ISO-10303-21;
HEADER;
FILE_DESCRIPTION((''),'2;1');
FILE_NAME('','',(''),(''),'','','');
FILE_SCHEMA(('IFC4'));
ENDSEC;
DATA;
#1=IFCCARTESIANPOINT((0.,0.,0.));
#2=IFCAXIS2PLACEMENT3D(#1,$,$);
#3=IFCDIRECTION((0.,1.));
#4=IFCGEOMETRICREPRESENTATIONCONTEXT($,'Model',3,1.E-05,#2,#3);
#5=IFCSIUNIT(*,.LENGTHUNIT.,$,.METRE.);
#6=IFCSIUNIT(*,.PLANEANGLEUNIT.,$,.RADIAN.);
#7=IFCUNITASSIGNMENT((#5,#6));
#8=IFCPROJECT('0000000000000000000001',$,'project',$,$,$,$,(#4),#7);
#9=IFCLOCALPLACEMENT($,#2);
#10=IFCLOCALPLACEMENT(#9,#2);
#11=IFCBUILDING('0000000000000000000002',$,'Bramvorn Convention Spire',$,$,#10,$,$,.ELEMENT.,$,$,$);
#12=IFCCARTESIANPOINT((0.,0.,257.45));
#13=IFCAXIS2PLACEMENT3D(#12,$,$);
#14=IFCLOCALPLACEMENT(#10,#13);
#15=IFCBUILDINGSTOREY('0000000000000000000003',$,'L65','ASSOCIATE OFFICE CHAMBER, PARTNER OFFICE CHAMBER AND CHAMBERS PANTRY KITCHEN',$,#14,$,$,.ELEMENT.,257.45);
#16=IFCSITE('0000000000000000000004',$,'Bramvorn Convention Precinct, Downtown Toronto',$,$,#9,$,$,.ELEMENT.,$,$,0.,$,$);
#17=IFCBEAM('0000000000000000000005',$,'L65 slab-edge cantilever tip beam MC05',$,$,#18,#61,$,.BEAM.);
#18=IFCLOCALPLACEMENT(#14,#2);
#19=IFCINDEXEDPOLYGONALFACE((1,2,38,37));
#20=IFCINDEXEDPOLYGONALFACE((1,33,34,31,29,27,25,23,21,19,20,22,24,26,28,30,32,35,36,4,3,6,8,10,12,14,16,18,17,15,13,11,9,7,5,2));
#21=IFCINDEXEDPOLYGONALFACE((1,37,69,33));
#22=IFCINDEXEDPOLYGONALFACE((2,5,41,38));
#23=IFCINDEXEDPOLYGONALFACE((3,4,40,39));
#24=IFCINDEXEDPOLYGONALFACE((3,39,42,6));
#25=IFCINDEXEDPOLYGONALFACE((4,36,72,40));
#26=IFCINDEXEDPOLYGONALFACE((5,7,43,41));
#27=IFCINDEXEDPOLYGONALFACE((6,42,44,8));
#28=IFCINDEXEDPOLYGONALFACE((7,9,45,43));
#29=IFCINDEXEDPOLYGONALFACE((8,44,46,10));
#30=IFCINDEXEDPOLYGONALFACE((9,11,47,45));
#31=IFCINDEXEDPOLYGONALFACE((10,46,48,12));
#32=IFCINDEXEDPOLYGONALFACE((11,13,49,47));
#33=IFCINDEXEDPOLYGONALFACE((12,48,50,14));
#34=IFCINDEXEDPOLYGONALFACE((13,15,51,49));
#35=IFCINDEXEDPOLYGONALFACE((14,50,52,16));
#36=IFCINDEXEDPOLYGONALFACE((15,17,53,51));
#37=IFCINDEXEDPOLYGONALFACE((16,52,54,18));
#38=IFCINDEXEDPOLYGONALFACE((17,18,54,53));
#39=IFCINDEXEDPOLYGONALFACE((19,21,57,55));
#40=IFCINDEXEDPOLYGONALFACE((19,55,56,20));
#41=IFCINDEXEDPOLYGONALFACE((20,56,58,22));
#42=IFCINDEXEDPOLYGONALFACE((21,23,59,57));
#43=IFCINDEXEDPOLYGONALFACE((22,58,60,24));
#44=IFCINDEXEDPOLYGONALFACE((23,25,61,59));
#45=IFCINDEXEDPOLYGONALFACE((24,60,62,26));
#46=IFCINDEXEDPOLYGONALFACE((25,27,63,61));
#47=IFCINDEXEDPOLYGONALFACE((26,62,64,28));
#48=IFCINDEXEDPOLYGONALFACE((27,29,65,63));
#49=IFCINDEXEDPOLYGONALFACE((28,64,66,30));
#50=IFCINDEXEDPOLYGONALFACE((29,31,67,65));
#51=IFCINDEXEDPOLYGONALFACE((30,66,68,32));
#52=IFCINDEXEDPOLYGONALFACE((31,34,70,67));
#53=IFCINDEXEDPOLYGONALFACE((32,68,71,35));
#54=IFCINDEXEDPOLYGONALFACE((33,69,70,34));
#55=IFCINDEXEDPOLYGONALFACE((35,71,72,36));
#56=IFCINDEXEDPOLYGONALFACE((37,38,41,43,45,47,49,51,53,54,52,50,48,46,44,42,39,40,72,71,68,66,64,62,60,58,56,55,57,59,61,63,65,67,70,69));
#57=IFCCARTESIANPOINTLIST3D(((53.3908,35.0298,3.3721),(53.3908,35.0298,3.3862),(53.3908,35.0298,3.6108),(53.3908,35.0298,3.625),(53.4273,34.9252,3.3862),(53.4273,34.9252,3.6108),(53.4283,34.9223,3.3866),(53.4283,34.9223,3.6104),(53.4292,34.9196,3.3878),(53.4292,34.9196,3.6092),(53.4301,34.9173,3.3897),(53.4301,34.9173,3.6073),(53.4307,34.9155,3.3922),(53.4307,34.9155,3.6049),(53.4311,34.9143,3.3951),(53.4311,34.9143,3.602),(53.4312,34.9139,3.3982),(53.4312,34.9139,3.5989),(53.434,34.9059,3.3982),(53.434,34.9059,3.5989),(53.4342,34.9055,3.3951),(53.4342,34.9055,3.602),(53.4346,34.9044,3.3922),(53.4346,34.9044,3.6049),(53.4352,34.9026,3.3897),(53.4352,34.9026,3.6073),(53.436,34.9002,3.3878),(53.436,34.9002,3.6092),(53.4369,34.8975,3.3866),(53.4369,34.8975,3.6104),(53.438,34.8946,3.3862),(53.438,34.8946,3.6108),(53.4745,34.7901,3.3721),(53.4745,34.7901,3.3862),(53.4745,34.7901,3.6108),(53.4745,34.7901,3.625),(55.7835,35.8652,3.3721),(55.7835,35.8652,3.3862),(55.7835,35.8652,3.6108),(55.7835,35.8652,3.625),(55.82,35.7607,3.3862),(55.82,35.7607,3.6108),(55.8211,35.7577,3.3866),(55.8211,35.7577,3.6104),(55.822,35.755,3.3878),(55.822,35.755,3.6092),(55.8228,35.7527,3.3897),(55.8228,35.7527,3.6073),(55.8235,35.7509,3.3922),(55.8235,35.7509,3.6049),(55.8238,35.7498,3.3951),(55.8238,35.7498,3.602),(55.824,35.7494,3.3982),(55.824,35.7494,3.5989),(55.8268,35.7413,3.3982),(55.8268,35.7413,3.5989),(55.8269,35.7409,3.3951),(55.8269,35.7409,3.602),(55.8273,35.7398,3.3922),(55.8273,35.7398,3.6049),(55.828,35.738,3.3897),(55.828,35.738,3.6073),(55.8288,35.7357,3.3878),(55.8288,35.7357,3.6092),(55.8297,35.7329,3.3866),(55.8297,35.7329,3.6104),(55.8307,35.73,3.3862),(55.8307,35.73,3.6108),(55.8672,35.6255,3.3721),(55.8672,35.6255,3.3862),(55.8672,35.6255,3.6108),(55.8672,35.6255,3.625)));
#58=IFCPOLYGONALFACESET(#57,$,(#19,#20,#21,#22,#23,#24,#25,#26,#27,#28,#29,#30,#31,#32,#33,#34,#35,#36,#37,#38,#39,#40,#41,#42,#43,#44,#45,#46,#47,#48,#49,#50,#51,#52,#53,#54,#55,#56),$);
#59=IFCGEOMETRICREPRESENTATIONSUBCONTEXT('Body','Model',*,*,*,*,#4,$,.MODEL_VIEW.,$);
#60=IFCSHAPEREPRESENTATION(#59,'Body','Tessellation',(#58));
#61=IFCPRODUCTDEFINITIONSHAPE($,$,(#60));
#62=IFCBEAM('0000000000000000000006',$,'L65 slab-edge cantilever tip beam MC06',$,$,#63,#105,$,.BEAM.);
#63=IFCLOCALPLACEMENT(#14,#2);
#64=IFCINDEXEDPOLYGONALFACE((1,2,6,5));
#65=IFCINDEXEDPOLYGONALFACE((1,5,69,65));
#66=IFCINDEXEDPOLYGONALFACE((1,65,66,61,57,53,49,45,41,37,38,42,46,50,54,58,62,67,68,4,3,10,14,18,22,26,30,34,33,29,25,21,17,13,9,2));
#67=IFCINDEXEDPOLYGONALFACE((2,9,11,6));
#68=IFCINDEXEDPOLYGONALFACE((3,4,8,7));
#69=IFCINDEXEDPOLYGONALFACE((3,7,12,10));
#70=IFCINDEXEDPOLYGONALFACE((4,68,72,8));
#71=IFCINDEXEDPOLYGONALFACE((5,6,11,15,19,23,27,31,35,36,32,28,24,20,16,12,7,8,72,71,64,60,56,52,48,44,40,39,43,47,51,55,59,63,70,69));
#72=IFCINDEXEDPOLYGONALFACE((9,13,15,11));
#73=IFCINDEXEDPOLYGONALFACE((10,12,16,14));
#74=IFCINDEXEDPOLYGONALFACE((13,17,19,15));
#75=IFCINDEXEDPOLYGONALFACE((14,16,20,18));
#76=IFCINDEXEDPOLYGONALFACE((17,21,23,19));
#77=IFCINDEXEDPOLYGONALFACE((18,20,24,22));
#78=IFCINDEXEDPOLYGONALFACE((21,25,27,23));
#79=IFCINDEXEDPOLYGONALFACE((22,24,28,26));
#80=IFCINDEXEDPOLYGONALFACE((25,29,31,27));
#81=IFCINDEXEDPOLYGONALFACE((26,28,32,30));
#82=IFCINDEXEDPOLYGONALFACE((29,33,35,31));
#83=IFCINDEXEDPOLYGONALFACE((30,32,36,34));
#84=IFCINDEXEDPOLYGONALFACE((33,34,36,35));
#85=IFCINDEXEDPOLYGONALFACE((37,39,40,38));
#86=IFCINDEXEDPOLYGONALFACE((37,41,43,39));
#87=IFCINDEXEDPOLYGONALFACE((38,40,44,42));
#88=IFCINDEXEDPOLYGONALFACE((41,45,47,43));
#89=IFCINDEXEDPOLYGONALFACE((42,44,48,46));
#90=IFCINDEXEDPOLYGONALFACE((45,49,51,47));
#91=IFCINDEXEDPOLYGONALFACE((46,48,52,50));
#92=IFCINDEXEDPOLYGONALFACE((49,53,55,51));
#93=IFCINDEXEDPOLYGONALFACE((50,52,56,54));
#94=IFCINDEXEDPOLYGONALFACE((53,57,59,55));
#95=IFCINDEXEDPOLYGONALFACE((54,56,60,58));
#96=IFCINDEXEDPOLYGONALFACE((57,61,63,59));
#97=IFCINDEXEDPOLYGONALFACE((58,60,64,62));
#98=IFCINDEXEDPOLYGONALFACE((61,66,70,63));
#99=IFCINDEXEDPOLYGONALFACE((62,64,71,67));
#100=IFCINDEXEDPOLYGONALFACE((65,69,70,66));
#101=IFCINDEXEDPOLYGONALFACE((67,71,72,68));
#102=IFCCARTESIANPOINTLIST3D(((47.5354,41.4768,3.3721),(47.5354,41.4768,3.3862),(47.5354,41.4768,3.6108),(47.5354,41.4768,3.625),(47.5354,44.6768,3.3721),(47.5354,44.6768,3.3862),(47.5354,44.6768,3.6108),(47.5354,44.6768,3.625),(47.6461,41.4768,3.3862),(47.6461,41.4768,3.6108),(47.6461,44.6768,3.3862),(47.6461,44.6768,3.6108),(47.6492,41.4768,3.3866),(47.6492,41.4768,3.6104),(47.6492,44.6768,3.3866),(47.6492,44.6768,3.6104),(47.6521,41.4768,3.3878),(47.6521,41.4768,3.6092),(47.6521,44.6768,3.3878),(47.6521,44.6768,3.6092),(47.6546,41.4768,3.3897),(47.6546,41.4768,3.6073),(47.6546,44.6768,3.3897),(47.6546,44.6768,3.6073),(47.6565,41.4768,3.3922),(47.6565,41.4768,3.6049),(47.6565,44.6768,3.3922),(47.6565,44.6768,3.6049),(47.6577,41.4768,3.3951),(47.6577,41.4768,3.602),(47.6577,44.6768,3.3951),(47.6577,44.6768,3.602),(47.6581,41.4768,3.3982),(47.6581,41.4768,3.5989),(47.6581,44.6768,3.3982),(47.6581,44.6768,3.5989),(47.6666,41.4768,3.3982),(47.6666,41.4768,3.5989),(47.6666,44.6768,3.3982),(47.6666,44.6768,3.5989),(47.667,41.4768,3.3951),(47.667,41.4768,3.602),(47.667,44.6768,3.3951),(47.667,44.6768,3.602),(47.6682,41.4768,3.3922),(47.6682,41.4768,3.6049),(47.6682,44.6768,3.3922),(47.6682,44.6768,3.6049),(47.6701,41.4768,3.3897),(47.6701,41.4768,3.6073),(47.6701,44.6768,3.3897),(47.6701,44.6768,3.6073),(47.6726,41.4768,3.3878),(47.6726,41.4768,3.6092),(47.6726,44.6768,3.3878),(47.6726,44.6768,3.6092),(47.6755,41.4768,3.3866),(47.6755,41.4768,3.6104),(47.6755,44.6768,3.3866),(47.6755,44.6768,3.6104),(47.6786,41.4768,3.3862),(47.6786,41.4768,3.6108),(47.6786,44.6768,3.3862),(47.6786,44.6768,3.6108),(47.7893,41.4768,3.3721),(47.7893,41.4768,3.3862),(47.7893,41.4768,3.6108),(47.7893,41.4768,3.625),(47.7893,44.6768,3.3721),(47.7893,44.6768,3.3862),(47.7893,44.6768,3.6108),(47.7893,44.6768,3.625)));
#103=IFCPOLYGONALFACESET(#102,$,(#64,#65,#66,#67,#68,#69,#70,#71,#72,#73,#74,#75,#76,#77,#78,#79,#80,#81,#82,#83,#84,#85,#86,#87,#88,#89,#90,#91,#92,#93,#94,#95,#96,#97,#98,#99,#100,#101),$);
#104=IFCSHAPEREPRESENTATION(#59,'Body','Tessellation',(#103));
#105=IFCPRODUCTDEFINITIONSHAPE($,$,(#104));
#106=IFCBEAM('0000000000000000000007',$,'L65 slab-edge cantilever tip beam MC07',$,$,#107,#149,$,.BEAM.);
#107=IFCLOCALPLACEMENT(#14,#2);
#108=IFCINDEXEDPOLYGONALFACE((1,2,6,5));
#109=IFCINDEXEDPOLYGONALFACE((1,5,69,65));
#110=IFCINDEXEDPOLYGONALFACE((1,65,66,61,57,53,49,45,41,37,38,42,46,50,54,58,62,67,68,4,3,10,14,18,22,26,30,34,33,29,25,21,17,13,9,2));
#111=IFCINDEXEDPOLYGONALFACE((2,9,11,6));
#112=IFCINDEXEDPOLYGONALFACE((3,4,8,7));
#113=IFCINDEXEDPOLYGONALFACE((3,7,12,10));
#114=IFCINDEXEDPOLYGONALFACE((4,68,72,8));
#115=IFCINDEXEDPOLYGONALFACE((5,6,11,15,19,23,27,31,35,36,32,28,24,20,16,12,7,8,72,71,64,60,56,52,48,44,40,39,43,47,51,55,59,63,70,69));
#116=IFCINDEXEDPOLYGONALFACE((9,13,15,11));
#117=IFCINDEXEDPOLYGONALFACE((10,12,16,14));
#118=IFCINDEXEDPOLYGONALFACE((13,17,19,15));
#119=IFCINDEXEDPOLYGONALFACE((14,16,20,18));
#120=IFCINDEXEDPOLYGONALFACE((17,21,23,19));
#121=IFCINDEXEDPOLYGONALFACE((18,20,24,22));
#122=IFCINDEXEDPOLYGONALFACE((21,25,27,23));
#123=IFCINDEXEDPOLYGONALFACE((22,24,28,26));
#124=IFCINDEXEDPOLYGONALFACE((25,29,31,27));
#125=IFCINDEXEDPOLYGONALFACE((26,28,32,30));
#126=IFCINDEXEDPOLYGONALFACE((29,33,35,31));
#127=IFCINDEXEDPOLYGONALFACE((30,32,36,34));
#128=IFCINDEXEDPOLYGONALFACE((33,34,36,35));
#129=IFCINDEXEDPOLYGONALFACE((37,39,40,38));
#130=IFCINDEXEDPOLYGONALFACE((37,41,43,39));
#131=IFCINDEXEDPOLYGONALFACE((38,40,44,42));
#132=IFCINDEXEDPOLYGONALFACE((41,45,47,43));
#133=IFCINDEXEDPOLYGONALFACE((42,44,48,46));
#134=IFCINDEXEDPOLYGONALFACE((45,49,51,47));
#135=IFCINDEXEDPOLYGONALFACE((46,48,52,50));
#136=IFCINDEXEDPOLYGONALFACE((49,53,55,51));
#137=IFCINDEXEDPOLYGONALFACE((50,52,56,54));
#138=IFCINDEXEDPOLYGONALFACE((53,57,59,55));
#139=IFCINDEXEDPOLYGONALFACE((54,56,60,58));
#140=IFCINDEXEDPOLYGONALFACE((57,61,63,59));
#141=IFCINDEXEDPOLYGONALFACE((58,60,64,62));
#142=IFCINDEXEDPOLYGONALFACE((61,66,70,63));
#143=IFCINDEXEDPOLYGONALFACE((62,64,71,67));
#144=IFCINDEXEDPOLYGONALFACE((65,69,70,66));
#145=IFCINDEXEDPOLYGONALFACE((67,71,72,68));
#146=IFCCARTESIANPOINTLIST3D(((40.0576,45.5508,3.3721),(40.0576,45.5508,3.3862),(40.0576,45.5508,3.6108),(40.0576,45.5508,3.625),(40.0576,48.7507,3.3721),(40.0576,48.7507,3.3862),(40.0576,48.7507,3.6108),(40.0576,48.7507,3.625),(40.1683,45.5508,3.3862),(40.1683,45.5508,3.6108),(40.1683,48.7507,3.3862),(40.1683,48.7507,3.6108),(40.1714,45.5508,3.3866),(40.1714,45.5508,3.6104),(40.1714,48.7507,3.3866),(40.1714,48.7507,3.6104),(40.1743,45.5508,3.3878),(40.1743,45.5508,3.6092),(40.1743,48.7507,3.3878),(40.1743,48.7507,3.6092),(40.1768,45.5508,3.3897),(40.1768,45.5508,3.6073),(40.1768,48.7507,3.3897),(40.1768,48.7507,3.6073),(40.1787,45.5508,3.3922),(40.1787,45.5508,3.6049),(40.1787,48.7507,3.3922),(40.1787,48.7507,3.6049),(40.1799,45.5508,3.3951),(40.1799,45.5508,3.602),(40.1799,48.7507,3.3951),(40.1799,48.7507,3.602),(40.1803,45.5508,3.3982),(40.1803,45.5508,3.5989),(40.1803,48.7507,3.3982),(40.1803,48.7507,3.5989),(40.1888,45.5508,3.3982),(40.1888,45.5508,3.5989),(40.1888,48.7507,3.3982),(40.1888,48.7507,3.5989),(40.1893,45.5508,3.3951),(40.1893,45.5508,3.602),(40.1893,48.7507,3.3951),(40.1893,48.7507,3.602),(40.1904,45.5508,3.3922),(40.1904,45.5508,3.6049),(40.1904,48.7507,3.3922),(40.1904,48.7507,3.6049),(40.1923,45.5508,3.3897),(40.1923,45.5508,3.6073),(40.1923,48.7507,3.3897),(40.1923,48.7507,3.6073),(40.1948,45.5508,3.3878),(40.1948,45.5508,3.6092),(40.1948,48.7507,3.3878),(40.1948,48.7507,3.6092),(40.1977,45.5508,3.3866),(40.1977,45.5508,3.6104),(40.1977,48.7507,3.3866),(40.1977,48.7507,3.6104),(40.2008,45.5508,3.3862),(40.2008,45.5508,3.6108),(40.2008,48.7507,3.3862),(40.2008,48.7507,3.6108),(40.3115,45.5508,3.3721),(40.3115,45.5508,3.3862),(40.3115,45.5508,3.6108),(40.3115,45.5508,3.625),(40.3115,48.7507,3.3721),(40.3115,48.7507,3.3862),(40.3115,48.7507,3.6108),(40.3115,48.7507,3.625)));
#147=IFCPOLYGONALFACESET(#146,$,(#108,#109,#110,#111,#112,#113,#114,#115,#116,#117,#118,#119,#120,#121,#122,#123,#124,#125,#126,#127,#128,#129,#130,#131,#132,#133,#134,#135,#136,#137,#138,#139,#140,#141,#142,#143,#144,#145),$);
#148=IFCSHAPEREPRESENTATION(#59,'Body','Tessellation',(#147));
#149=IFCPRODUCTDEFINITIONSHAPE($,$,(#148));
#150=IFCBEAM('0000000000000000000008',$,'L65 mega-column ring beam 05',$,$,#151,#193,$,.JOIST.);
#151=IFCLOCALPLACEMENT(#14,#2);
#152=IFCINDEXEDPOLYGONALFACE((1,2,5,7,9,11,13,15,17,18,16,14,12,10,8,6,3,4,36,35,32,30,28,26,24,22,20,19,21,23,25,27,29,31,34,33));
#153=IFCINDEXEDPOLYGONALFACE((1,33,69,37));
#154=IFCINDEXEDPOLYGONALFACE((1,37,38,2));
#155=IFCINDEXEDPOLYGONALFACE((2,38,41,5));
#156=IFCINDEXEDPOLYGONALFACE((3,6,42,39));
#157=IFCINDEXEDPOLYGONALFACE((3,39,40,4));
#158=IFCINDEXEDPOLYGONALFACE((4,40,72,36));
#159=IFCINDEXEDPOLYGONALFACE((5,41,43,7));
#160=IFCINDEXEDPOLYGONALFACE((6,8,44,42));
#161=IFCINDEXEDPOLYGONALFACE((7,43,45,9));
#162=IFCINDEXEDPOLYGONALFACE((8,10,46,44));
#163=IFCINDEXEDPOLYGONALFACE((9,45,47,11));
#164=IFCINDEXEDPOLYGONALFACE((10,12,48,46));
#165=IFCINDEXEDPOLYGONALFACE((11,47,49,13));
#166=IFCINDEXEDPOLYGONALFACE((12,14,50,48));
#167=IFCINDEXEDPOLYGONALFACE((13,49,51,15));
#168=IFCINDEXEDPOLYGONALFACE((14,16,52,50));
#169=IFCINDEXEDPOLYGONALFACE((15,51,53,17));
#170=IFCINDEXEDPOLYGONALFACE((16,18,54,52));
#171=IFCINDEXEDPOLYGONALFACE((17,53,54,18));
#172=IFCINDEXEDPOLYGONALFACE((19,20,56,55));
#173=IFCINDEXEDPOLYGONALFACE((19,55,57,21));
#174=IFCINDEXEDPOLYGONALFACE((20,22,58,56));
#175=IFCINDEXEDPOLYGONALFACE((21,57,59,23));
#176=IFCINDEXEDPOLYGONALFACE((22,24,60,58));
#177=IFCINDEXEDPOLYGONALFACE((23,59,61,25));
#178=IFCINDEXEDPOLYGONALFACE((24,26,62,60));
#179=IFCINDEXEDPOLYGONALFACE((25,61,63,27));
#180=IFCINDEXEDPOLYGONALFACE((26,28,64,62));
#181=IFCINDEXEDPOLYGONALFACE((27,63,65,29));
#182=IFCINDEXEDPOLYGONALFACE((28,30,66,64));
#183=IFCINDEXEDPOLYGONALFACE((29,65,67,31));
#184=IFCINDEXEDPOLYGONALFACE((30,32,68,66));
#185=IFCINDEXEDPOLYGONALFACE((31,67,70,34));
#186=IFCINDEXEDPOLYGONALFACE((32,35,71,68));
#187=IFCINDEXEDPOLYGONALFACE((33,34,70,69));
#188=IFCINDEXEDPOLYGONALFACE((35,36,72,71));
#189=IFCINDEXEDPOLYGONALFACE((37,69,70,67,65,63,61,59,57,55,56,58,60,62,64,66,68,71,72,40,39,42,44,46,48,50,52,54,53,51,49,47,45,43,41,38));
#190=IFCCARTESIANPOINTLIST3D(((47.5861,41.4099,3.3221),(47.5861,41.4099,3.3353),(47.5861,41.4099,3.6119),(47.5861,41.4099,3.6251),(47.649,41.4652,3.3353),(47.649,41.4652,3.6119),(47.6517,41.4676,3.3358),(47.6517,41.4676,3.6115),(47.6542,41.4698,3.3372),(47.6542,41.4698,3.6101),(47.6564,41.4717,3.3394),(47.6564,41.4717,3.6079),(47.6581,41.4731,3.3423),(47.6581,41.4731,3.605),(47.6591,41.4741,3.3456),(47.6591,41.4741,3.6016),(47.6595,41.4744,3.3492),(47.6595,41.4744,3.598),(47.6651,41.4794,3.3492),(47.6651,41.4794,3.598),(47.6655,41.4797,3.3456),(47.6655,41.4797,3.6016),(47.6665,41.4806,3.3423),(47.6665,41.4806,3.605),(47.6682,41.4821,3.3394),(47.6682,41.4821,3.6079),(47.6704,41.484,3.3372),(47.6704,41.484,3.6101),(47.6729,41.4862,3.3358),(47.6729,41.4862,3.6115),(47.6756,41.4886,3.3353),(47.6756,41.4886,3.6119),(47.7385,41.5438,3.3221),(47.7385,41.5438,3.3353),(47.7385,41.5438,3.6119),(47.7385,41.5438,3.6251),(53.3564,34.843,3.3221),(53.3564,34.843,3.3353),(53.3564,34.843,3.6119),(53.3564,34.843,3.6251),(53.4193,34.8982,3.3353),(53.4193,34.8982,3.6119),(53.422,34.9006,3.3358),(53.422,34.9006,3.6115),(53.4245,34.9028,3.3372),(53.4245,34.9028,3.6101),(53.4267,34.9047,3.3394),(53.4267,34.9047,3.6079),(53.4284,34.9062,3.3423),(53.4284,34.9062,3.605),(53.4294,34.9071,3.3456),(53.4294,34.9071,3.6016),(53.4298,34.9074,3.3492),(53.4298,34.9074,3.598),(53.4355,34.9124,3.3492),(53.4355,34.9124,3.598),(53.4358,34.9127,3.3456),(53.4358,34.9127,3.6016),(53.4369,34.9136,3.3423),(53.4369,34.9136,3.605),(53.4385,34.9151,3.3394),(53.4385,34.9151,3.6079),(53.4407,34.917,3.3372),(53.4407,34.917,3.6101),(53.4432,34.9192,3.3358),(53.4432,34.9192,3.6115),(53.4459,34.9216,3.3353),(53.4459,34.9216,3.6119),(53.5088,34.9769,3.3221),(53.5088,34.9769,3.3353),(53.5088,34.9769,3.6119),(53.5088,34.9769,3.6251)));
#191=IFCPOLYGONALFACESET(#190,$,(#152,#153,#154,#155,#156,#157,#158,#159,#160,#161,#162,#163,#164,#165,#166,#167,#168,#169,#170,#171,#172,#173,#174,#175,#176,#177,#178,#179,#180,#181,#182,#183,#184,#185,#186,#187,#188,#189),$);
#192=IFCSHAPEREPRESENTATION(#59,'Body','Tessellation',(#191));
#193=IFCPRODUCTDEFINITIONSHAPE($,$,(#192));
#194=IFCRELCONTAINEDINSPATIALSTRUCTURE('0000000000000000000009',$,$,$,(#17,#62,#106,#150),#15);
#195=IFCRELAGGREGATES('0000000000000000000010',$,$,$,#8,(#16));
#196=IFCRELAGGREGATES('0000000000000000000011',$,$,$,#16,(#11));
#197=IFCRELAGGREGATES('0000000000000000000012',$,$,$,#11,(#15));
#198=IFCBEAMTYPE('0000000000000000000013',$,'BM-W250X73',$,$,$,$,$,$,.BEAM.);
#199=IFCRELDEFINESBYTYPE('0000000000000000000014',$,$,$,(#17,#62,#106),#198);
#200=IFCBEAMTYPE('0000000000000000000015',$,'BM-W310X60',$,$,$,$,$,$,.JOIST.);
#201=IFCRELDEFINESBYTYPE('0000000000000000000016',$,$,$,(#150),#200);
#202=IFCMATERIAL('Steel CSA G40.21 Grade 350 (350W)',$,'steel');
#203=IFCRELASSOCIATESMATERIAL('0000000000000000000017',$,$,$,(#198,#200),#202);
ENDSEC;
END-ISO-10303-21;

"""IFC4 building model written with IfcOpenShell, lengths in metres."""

from ifc_helpers import new_model, si_unit, direction, frame, origin, origin_2d, place, context, subcontext, project, spatial, i_section, extrude, material, material_profile, profile_set, type_object, element, save


model = new_model("IFC4")

# Units and contexts
model_context = context("Model", 3, precision=1e-05, world=origin(), true_north=direction((0.0, 1.0)))
body_context = subcontext(model_context, "Body", "Model", "MODEL_VIEW")
ifc_project = project(units=[si_unit("LENGTHUNIT", "METRE"), si_unit("PLANEANGLEUNIT", "RADIAN")], contexts=[model_context])

# Site, building, storey
site_placement = place(None, origin())
site = spatial("IfcSite", under=ifc_project, at=site_placement, Name="Bramvorn Convention Precinct, Downtown Toronto", CompositionType="ELEMENT", RefElevation=0.0)
building_placement = place(site_placement, origin())
building = spatial("IfcBuilding", under=site, at=building_placement, Name="Bramvorn Convention Spire", CompositionType="ELEMENT")
storey_placement = place(building_placement, frame((0.0, 0.0, 257.45)))
storey = spatial("IfcBuildingStorey", under=building, at=storey_placement, Name="L65", Description="ASSOCIATE OFFICE CHAMBER, PARTNER OFFICE CHAMBER AND CHAMBERS PANTRY KITCHEN", CompositionType="ELEMENT", Elevation=257.45)

# Shared definitions
ifc_material_1 = material(Name="Steel CSA G40.21 Grade 350 (350W)", Category="steel")

# Beams
ifc_material_profile_1 = material_profile(ifc_material_1, i_section(OverallWidth=0.2539, OverallDepth=0.2529, WebThickness=0.0085, FlangeThickness=0.0142, FilletRadius=0.012, at=origin_2d()))
ifc_profile_set_1 = profile_set([ifc_material_profile_1], Name="Steel CSA G40.21 Grade 350 (350W) - W250X73")
beam_type_1 = type_object("IfcBeamType", Name="BM-W250X73", PredefinedType="BEAM", material=ifc_profile_set_1)
beam_1_placement = place(storey_placement, frame((53.4326, 34.9099, 3.4985), z_axis=(0.944109, 0.329634, 0.0), x_axis=(-0.329634, 0.944109, 0.0)))
element("IfcBeam", 1, at=beam_1_placement, inside=storey, type_object=beam_type_1, Name="L65 slab-edge cantilever tip beam MC05", PredefinedType="BEAM", context=body_context, shape_type="SweptSolid", body=[
    extrude(i_section(OverallWidth=0.2539, OverallDepth=0.2529, WebThickness=0.0085, FlangeThickness=0.0142, FilletRadius=0.012, at=origin_2d()), origin(), (0.0, 0.0, 1.0), 2.5344),
])
for number, where, z_axis, x_axis, name in (
    (2, (47.6624, 41.4768, 3.4985), (0.0, 1.0, 0.0), (-1.0, 0.0, 0.0), "L65 slab-edge cantilever tip beam MC06"),
    (3, (40.1846, 45.5508, 3.4985), (0.0, 1.0, 0.0), (-1.0, 0.0, 0.0), "L65 slab-edge cantilever tip beam MC07"),
):
    element("IfcBeam", number, at=place(storey_placement, frame(where, z_axis=z_axis, x_axis=x_axis)), inside=storey, type_object=beam_type_1, Name=name, PredefinedType="BEAM", context=body_context, shape_type="SweptSolid", body=[
        extrude(i_section(OverallWidth=0.2539, OverallDepth=0.2529, WebThickness=0.0085, FlangeThickness=0.0142, FilletRadius=0.012, at=origin_2d()), origin(), (0.0, 0.0, 1.0), 3.2),
    ])
ifc_material_profile_2 = material_profile(ifc_material_1, i_section(OverallWidth=0.2029, OverallDepth=0.303, WebThickness=0.0076, FlangeThickness=0.0132, FilletRadius=0.0139, at=origin_2d()))
ifc_profile_set_2 = profile_set([ifc_material_profile_2], Name="Steel CSA G40.21 Grade 350 (350W) - W310X60")
beam_type_2 = type_object("IfcBeamType", Name="BM-W310X60", PredefinedType="JOIST", material=ifc_profile_set_2)
beam_2_placement = place(storey_placement, frame((53.4326, 34.9099, 3.4736), z_axis=(-0.660073, 0.751201, 0.0), x_axis=(-0.751201, -0.660073, 0.0)))
element("IfcBeam", 4, at=beam_2_placement, inside=storey, type_object=beam_type_2, Name="L65 mega-column ring beam 05", PredefinedType="JOIST", context=body_context, shape_type="SweptSolid", body=[
    extrude(i_section(OverallWidth=0.2029, OverallDepth=0.303, WebThickness=0.0076, FlangeThickness=0.0132, FilletRadius=0.0139, at=origin_2d()), origin(), (0.0, 0.0, 1.0), 8.7419),
])

save(model, "model.ifc")
